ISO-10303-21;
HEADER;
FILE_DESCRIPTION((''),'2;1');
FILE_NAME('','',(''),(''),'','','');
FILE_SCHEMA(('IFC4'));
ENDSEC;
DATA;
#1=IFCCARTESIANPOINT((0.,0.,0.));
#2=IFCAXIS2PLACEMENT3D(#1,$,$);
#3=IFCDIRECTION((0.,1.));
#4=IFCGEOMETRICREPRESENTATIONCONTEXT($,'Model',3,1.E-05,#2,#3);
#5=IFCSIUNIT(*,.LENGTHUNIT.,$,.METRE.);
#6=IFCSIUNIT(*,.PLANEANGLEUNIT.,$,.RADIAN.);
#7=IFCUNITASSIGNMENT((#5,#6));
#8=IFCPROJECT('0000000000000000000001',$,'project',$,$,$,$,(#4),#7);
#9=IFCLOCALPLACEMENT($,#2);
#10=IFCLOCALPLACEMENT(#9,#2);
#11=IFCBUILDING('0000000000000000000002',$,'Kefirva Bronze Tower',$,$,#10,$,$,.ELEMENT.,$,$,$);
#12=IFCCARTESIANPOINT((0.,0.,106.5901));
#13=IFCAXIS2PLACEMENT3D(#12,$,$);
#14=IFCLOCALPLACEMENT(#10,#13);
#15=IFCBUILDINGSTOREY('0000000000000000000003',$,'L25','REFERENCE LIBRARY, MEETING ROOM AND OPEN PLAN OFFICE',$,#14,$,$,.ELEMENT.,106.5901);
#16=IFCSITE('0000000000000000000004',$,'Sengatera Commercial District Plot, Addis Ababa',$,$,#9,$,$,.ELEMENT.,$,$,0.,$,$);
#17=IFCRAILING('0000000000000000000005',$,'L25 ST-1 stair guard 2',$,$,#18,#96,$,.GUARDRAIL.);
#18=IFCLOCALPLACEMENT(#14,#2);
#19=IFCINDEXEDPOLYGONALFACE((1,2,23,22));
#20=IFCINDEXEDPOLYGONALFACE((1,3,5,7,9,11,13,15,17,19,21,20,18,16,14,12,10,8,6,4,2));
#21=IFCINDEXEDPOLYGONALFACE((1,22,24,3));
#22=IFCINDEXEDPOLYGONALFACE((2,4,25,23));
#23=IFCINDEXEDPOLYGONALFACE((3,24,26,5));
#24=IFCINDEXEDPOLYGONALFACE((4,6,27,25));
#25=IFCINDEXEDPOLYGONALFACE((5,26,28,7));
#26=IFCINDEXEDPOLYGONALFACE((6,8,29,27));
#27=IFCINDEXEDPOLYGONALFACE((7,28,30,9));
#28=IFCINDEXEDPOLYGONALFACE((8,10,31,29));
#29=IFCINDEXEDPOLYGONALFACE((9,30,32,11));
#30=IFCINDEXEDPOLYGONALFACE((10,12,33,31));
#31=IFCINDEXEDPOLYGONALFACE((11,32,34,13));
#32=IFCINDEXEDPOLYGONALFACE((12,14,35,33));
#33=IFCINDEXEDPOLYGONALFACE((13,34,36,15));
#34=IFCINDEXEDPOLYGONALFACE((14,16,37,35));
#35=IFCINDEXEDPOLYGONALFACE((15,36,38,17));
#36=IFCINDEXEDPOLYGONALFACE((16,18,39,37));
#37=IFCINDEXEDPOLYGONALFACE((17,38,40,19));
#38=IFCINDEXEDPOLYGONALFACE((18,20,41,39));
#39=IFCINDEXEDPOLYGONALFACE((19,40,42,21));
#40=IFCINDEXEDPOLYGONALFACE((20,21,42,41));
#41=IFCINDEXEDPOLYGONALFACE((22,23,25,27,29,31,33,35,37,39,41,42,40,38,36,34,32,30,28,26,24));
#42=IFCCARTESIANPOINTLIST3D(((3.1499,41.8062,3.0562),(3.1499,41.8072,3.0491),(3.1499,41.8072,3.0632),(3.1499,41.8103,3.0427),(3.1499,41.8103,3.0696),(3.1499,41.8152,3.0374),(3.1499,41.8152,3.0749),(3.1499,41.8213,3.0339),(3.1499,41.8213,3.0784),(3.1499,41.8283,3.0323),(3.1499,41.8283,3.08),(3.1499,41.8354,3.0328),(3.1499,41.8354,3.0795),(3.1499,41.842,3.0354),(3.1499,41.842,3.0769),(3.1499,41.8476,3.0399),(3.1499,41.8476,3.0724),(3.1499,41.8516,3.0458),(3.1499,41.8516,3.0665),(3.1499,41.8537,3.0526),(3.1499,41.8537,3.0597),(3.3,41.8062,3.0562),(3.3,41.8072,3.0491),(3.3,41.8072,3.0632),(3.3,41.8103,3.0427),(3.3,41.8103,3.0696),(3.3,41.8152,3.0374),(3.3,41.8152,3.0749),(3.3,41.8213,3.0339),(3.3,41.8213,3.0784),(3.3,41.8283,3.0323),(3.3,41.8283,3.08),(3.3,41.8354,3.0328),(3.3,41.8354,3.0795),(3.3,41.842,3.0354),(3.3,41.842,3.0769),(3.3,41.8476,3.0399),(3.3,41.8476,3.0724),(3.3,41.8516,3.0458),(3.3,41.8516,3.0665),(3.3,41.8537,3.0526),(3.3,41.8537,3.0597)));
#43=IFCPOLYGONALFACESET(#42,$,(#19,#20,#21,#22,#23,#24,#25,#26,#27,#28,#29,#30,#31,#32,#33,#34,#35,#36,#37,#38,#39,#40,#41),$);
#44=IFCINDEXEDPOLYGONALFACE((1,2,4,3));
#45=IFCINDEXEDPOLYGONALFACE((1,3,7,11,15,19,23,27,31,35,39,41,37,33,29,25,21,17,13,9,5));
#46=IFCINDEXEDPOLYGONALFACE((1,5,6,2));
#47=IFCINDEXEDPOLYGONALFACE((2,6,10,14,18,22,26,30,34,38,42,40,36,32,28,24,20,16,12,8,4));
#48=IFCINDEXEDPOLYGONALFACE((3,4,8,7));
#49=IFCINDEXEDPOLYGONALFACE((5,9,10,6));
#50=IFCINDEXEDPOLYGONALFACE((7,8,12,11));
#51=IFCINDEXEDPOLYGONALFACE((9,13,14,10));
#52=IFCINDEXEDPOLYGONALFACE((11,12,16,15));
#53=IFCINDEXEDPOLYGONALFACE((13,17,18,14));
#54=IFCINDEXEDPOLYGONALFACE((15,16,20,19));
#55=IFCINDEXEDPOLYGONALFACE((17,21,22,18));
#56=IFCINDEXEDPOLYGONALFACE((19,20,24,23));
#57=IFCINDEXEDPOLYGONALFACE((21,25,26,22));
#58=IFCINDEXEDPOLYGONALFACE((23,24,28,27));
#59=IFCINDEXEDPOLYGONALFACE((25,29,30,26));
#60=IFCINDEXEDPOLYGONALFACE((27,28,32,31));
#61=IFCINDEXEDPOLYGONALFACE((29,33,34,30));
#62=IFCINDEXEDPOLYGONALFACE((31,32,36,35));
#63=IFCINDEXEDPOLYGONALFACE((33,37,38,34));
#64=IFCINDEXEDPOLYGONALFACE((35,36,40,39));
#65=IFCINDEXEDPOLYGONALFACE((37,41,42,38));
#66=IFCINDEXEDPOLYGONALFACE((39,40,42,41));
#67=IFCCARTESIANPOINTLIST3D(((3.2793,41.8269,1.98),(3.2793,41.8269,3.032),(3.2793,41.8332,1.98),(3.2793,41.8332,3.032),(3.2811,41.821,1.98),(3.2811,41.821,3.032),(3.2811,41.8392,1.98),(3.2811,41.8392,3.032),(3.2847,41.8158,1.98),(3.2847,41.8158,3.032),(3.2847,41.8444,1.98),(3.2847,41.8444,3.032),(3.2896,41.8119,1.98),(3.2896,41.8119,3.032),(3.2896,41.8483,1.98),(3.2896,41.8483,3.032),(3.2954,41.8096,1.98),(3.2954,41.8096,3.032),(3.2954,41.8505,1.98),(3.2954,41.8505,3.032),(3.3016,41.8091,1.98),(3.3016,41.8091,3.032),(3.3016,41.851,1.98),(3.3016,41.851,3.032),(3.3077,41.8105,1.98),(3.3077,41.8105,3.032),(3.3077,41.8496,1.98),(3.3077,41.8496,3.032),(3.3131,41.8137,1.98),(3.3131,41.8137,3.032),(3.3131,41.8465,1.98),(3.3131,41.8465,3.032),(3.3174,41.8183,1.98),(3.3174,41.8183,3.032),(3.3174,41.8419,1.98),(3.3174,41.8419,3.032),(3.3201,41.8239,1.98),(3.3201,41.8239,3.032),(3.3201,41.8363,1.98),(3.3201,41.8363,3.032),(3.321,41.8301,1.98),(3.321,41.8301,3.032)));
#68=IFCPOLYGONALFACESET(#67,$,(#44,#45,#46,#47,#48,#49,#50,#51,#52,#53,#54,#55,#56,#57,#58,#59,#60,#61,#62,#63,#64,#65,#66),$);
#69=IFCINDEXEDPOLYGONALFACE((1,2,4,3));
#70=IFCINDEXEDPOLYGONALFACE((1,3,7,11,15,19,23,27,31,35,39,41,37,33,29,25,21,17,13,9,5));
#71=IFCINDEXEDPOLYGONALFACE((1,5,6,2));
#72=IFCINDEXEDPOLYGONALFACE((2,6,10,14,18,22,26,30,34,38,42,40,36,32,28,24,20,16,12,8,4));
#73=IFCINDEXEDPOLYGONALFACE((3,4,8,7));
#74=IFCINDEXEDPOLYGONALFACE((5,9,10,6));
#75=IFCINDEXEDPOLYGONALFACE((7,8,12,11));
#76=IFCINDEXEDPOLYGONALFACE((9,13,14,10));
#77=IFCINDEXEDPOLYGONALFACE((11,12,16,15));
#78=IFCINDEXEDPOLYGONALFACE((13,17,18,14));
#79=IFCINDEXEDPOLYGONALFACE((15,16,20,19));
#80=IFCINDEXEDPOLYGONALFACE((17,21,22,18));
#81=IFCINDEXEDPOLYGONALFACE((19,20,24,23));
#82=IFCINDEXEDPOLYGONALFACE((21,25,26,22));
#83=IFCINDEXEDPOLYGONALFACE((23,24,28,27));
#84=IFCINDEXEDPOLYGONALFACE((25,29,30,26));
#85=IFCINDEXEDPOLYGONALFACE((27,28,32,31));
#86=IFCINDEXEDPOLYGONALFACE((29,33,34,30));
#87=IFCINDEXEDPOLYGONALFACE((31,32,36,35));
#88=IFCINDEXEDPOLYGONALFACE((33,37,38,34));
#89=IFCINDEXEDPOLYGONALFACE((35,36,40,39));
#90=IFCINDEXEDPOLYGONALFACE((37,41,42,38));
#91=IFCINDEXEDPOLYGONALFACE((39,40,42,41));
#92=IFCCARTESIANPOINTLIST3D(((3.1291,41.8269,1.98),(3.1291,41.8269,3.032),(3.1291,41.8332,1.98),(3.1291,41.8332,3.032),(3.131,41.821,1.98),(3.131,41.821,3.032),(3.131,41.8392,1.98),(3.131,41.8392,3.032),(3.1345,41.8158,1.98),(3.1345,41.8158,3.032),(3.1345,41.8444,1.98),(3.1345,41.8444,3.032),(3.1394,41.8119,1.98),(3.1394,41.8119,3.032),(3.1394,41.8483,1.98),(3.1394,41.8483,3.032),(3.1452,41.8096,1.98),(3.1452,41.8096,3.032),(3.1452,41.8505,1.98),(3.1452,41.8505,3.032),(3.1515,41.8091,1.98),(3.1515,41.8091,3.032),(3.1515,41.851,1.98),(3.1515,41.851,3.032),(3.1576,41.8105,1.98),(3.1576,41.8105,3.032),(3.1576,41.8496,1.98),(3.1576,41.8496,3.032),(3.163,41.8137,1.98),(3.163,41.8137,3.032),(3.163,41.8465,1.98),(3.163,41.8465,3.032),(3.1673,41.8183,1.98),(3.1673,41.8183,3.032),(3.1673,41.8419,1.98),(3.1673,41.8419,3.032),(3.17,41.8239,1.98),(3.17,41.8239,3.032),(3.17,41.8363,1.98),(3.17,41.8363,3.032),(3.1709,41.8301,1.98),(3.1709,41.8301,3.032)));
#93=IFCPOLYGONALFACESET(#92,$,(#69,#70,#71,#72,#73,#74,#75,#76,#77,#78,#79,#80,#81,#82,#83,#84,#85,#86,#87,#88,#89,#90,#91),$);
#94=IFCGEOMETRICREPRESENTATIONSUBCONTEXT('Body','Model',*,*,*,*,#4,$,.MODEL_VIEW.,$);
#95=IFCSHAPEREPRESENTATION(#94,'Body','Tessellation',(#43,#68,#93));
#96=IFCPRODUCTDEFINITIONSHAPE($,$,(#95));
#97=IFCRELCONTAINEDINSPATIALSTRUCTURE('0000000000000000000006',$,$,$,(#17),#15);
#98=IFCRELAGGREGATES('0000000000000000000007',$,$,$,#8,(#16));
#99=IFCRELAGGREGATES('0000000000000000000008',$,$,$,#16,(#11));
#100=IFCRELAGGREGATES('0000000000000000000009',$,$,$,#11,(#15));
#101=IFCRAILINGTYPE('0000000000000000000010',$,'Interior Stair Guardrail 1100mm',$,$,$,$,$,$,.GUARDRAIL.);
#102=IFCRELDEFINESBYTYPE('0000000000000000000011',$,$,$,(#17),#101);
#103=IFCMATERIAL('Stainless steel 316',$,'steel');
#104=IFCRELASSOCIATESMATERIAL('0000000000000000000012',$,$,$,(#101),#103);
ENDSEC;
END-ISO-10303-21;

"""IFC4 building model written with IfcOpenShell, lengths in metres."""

from ifc_helpers import new_model, si_unit, direction, frame, origin, origin_2d, place, context, subcontext, project, spatial, circle, extrude, material, type_object, element, save


model = new_model("IFC4")

# Units and contexts
model_context = context("Model", 3, precision=1e-05, world=origin(), true_north=direction((0.0, 1.0)))
body_context = subcontext(model_context, "Body", "Model", "MODEL_VIEW")
ifc_project = project(units=[si_unit("LENGTHUNIT", "METRE"), si_unit("PLANEANGLEUNIT", "RADIAN")], contexts=[model_context])

# Site, building, storey
site_placement = place(None, origin())
site = spatial("IfcSite", under=ifc_project, at=site_placement, Name="Sengatera Commercial District Plot, Addis Ababa", CompositionType="ELEMENT", RefElevation=0.0)
building_placement = place(site_placement, origin())
building = spatial("IfcBuilding", under=site, at=building_placement, Name="Kefirva Bronze Tower", CompositionType="ELEMENT")
storey_placement = place(building_placement, frame((0.0, 0.0, 106.5901)))
storey = spatial("IfcBuildingStorey", under=building, at=storey_placement, Name="L25", Description="REFERENCE LIBRARY, MEETING ROOM AND OPEN PLAN OFFICE", CompositionType="ELEMENT", Elevation=106.5901)

# Railing
ifc_material_1 = material(Name="Stainless steel 316", Category="steel")
railing_type_1 = type_object("IfcRailingType", Name="Interior Stair Guardrail 1100mm", PredefinedType="GUARDRAIL", material=ifc_material_1)
railing_1_placement = place(storey_placement, frame((3.3, 41.8301, 1.98)))
element("IfcRailing", 1, at=railing_1_placement, inside=storey, type_object=railing_type_1, Name="L25 ST-1 stair guard 2", PredefinedType="GUARDRAIL", context=body_context, shape_type="SweptSolid", body=[
    extrude(circle(Radius=0.0239, at=origin_2d()), frame((0.0, 0.0, 1.0762), z_axis=(-1.0, 0.0, 0.0), x_axis=(0.0, -1.0, 0.0)), (0.0, 0.0, 1.0), 0.1501),
    extrude(circle(Radius=0.021, at=origin_2d()), origin(), (0.0, 0.0, 1.0), 1.052),
    extrude(circle(Radius=0.021, at=origin_2d()), frame((-0.1501, 0.0, 0.0)), (0.0, 0.0, 1.0), 1.052),
])

save(model, "model.ifc")
